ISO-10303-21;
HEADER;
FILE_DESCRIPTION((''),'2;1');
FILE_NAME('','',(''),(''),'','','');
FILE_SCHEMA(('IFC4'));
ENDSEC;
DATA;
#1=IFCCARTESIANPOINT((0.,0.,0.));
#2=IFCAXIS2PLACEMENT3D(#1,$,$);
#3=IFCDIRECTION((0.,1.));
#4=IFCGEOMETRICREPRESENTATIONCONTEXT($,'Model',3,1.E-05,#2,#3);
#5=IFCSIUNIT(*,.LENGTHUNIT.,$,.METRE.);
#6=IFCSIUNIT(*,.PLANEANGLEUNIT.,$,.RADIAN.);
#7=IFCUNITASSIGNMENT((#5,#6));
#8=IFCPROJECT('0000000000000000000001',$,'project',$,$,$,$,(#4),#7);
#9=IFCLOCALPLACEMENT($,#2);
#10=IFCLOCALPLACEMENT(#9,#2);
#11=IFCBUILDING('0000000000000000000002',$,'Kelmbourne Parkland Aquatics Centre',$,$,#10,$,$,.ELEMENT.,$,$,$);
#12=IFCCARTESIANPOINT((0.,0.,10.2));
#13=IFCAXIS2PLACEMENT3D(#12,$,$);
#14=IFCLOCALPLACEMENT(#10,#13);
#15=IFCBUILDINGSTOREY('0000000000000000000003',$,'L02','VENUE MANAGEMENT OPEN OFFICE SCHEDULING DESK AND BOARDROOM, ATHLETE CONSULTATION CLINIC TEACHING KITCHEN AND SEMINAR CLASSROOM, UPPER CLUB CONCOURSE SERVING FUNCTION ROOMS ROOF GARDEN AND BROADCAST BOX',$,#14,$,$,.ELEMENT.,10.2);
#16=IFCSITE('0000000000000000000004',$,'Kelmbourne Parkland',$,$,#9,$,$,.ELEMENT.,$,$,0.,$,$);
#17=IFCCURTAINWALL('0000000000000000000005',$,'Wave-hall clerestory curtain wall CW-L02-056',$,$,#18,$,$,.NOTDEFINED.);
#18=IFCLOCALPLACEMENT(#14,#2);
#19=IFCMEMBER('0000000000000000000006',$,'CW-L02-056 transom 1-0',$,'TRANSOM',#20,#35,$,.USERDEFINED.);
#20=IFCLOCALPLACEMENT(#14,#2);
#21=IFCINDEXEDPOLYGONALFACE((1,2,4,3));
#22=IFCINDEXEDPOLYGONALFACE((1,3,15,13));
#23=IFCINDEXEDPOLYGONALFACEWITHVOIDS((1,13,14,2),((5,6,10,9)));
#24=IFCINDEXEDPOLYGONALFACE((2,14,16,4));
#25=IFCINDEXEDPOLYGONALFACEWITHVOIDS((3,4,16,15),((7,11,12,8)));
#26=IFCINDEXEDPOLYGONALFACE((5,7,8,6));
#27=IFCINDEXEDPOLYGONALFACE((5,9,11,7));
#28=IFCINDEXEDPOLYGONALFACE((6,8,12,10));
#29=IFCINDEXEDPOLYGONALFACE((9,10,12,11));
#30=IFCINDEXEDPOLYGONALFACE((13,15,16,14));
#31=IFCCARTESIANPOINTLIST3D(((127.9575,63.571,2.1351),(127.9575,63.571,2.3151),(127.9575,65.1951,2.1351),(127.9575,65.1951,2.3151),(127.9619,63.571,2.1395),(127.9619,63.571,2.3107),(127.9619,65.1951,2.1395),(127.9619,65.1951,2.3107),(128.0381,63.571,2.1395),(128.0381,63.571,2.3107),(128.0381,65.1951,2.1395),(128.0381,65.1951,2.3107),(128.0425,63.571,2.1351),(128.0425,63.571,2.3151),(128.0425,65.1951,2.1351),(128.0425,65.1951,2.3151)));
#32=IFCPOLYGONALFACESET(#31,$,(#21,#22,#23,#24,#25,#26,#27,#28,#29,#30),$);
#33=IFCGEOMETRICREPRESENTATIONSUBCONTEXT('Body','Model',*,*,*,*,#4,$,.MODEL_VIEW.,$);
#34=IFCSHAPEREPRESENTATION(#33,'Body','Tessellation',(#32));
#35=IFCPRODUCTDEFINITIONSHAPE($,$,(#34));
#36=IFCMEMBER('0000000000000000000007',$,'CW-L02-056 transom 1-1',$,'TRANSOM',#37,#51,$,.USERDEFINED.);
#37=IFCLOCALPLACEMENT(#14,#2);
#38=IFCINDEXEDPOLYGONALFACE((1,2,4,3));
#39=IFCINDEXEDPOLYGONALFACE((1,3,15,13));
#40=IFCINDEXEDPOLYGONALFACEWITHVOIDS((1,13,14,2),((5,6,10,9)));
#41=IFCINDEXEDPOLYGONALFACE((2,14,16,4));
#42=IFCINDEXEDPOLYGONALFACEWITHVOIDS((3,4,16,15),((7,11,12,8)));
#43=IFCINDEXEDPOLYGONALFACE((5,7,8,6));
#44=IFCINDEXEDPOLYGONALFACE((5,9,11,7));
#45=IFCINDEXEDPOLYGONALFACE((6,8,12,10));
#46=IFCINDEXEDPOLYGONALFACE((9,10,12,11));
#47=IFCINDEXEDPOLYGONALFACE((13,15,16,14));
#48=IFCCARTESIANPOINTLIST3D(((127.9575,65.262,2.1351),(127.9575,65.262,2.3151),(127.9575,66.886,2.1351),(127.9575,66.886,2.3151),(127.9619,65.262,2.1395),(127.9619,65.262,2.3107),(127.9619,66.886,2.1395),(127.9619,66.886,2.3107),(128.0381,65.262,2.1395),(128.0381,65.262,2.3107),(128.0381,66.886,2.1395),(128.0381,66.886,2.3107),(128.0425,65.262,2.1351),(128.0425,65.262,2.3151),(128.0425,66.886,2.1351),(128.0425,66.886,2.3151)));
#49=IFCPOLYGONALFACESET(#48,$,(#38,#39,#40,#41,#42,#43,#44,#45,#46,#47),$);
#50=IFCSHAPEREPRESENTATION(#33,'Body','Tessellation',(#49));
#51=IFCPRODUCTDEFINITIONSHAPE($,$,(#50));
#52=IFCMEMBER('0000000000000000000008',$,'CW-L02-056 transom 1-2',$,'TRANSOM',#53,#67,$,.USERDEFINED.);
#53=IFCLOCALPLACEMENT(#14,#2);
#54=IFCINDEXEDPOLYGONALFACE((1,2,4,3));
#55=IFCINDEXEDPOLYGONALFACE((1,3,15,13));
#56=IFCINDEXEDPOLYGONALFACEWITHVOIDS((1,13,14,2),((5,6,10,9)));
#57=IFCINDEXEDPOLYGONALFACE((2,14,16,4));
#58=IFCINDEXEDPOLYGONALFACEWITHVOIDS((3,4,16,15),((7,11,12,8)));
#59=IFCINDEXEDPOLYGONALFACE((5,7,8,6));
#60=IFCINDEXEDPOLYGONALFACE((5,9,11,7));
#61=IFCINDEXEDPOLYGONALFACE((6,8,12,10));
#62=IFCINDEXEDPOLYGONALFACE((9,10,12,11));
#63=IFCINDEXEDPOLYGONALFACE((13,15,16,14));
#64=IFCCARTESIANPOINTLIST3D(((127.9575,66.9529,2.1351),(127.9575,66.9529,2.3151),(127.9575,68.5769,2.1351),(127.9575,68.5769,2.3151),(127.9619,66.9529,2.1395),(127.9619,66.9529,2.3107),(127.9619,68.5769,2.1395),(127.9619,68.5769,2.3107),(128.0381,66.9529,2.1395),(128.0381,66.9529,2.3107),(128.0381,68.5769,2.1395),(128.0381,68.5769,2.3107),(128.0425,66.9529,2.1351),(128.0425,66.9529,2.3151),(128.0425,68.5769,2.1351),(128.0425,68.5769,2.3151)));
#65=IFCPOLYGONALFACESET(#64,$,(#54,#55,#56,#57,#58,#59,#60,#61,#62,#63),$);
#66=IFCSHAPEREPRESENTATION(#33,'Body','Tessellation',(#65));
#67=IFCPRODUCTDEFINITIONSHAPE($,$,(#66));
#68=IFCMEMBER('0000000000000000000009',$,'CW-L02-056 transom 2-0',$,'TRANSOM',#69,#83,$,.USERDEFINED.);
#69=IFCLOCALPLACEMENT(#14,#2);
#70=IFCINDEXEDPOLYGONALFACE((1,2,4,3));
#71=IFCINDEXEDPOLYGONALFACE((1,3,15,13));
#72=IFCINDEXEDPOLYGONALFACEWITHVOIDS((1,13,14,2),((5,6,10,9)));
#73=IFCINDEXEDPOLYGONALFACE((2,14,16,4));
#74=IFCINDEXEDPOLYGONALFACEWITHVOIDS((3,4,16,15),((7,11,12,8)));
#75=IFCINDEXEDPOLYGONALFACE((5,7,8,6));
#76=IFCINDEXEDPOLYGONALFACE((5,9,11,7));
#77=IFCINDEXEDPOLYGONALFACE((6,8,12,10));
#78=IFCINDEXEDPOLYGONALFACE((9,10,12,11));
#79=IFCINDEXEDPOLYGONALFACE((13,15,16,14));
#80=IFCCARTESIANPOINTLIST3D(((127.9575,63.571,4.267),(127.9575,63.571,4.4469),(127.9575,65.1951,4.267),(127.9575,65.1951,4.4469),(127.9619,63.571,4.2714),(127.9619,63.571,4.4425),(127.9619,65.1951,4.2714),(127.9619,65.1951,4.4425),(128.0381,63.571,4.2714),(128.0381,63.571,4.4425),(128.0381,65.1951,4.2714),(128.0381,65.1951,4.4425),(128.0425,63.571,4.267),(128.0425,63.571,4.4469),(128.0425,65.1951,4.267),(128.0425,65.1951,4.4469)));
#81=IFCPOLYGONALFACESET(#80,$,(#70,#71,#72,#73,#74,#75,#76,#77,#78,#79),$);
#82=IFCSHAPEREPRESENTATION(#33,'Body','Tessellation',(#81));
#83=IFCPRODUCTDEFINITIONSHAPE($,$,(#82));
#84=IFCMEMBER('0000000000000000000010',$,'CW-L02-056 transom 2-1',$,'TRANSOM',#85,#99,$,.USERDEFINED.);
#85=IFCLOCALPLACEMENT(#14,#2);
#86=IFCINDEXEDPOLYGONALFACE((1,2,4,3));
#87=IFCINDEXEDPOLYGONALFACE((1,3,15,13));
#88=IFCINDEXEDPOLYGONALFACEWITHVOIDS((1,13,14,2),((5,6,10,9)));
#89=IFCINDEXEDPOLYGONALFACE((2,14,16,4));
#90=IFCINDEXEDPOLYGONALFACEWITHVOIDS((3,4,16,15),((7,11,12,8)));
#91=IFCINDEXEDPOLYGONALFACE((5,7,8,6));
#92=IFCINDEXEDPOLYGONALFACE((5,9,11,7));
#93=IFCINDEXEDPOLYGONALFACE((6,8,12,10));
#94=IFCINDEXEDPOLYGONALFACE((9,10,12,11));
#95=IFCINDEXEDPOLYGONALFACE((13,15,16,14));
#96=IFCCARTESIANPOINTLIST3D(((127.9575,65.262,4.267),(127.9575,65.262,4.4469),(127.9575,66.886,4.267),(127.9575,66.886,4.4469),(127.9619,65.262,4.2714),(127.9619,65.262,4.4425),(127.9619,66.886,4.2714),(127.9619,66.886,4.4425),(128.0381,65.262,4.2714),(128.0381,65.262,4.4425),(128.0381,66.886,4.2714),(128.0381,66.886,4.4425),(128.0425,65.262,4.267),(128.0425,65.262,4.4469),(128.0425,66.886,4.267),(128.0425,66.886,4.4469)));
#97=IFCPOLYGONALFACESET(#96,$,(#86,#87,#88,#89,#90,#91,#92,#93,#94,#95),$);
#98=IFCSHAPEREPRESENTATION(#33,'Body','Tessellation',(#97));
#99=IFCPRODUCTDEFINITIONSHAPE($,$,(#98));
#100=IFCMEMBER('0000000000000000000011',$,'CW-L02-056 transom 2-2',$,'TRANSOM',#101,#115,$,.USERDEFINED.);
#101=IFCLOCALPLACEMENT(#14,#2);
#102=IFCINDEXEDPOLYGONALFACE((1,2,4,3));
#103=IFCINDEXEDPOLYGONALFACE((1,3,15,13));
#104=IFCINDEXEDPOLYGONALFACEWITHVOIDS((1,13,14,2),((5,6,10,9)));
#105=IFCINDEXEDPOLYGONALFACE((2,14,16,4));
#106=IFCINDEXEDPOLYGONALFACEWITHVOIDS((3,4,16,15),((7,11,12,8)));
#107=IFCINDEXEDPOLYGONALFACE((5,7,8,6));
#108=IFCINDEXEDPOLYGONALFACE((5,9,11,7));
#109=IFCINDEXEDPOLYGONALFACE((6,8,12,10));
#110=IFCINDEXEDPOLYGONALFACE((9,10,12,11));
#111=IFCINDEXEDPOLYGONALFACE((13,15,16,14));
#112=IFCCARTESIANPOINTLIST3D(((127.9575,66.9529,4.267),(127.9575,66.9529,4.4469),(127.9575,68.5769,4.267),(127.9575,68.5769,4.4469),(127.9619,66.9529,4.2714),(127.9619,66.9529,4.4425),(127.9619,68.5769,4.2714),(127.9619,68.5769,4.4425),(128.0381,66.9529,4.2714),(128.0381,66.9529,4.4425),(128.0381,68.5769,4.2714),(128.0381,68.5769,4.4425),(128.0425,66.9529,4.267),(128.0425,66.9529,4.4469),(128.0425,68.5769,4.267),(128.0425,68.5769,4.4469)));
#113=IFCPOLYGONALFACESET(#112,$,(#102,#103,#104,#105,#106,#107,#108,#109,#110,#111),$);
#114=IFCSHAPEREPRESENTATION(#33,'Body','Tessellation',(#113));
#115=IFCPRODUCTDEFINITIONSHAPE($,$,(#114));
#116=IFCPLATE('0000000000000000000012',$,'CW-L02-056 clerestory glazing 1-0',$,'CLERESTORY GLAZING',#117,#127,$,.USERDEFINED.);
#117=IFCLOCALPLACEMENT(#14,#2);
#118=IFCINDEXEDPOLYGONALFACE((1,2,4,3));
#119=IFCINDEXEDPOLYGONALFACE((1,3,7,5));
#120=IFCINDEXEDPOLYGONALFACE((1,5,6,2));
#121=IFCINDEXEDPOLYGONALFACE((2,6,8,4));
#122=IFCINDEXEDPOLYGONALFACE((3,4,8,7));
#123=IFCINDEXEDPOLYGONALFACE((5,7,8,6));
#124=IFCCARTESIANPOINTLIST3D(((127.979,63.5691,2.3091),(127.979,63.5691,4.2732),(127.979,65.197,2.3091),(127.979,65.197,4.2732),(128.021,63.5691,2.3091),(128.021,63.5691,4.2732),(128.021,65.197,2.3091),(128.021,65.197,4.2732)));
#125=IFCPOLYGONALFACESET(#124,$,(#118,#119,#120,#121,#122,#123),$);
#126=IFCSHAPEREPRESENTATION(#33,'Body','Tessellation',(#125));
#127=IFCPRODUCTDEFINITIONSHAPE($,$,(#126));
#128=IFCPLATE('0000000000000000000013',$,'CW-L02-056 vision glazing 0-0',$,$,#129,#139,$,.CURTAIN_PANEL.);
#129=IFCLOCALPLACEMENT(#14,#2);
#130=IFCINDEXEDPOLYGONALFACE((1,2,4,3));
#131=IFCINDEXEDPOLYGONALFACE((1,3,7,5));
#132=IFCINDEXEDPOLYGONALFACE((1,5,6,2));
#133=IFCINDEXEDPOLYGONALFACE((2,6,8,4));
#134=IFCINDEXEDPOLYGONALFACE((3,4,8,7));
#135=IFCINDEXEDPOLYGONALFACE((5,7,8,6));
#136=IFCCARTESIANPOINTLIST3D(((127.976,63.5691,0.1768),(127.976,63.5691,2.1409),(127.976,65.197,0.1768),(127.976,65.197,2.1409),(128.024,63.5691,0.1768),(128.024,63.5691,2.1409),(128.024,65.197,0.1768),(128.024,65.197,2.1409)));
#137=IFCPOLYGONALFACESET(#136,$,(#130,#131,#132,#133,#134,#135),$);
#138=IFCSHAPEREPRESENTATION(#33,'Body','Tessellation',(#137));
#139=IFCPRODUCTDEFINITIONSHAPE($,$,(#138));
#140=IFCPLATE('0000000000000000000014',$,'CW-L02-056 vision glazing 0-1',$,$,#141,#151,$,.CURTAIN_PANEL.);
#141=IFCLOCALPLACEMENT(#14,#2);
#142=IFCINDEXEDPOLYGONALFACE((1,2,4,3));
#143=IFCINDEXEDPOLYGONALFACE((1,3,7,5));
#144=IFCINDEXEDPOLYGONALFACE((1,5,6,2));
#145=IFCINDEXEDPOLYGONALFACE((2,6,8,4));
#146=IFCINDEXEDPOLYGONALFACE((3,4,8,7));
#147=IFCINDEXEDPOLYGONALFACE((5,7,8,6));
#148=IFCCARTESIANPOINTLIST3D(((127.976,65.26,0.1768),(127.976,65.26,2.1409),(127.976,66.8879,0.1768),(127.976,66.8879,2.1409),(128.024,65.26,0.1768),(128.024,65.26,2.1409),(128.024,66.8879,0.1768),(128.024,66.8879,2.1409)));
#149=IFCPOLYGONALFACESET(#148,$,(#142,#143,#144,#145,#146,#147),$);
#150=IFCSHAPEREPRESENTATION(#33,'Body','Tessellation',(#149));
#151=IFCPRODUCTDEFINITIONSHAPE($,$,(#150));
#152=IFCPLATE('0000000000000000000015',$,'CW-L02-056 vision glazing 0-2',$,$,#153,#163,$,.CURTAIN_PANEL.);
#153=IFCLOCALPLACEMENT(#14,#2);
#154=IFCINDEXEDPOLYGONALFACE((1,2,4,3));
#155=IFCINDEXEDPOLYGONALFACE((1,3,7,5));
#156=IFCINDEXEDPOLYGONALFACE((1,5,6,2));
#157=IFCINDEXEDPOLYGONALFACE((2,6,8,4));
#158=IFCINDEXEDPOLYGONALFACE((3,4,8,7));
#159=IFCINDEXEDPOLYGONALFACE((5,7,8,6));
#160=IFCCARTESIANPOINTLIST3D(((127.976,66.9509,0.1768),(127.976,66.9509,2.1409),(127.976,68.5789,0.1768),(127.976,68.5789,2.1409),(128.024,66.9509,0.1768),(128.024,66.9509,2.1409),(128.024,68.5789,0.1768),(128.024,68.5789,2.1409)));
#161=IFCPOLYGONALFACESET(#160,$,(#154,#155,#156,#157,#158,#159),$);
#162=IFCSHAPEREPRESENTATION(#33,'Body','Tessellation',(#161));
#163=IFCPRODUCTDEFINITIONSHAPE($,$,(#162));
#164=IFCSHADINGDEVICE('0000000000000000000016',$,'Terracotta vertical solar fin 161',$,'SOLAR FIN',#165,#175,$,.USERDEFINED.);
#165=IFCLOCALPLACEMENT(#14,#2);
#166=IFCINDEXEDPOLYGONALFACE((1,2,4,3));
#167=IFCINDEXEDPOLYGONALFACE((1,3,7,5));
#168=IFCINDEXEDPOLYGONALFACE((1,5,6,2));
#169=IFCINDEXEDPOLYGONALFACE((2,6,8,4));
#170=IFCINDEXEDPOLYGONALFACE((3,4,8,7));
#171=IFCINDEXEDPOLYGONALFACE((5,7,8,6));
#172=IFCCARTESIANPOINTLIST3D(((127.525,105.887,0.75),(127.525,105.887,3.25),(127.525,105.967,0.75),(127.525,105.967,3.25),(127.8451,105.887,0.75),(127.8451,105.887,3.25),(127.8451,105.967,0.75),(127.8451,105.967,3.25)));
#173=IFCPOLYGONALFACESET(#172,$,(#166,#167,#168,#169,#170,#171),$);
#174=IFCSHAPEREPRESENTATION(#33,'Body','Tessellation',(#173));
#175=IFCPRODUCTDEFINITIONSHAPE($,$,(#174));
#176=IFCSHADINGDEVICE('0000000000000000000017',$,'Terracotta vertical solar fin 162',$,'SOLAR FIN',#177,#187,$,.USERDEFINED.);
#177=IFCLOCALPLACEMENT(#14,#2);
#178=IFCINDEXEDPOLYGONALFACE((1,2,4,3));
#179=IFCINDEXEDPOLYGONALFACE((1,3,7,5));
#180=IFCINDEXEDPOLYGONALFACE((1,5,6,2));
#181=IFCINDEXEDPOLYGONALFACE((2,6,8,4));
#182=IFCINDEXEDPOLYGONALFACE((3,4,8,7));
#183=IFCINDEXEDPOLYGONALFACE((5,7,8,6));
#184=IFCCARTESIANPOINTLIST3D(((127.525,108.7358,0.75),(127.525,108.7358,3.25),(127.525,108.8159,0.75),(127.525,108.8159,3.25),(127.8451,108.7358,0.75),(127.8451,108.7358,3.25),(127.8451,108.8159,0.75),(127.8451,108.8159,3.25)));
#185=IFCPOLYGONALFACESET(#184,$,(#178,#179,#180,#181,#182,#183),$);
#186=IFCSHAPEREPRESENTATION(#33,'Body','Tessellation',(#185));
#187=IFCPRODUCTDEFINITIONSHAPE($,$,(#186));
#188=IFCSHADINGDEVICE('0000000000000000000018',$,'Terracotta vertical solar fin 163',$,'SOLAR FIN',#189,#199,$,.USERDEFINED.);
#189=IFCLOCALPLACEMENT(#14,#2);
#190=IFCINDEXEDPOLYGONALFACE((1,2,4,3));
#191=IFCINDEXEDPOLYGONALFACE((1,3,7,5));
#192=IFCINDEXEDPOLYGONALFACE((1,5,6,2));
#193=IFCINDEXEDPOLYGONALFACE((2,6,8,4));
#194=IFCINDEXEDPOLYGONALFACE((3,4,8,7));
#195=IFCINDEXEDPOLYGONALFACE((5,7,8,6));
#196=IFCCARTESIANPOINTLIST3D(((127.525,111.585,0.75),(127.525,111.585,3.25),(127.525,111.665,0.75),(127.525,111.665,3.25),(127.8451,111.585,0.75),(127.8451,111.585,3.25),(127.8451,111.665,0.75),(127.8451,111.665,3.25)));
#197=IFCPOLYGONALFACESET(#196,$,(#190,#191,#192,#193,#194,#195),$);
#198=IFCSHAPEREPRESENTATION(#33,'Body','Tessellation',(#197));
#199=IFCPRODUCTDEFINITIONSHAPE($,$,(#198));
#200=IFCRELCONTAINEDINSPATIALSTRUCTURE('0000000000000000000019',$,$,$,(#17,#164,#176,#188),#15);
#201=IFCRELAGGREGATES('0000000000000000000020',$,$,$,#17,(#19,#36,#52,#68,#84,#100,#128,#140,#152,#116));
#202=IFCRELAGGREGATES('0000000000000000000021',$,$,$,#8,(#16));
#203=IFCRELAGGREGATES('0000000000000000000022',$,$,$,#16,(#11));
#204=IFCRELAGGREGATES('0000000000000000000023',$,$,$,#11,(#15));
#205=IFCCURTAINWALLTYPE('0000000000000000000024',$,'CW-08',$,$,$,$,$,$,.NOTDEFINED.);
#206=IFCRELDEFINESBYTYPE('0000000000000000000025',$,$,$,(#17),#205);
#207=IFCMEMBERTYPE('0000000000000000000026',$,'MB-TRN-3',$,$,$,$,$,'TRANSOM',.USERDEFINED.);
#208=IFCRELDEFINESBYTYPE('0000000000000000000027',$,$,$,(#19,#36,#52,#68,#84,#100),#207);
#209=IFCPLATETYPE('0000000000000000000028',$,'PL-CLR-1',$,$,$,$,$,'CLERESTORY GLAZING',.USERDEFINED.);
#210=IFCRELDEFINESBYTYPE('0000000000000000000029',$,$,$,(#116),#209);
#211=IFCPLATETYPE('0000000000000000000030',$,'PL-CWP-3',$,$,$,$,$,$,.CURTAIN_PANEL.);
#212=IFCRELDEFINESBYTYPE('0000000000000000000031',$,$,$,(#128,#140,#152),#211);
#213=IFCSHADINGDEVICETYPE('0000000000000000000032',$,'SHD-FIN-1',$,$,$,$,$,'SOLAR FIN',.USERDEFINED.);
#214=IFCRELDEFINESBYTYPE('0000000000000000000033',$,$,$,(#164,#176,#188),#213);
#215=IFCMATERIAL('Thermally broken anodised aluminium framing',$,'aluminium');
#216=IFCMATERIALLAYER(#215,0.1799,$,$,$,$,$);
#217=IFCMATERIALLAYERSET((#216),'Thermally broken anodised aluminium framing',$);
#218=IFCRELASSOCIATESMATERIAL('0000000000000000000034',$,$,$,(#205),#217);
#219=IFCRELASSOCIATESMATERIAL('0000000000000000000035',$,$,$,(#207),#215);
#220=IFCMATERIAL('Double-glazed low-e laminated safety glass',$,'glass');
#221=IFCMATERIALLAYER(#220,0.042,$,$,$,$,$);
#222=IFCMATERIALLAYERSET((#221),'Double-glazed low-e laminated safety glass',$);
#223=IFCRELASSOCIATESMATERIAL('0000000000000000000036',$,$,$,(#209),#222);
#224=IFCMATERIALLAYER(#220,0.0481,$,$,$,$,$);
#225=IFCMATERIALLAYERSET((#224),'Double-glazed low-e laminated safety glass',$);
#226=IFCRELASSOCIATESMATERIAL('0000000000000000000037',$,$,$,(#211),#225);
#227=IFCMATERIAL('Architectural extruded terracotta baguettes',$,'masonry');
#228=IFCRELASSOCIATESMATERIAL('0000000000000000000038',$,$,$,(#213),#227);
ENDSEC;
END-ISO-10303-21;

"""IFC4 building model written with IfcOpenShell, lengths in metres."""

from ifc_helpers import new_model, si_unit, direction, frame, origin, origin_2d, place, context, subcontext, project, spatial, rectangle, hollow_rectangle, extrude, material, layer, layer_set, material_profile, profile_set, type_object, element, aggregate, save


model = new_model("IFC4")

# Units and contexts
model_context = context("Model", 3, precision=1e-05, world=origin(), true_north=direction((0.0, 1.0)))
body_context = subcontext(model_context, "Body", "Model", "MODEL_VIEW")
ifc_project = project(units=[si_unit("LENGTHUNIT", "METRE"), si_unit("PLANEANGLEUNIT", "RADIAN")], contexts=[model_context])

# Site, building, storey
site_placement = place(None, origin())
site = spatial("IfcSite", under=ifc_project, at=site_placement, Name="Kelmbourne Parkland", CompositionType="ELEMENT", RefElevation=0.0)
building_placement = place(site_placement, origin())
building = spatial("IfcBuilding", under=site, at=building_placement, Name="Kelmbourne Parkland Aquatics Centre", CompositionType="ELEMENT")
storey_placement = place(building_placement, frame((0.0, 0.0, 10.2)))
storey = spatial("IfcBuildingStorey", under=building, at=storey_placement, Name="L02", Description="VENUE MANAGEMENT OPEN OFFICE SCHEDULING DESK AND BOARDROOM, ATHLETE CONSULTATION CLINIC TEACHING KITCHEN AND SEMINAR CLASSROOM, UPPER CLUB CONCOURSE SERVING FUNCTION ROOMS ROOF GARDEN AND BROADCAST BOX", CompositionType="ELEMENT", Elevation=10.2)

# Curtain wall, members, plates
ifc_material_1 = material(Name="Thermally broken anodised aluminium framing", Category="aluminium")
ifc_layer_1 = layer(ifc_material_1, 0.1799)
ifc_layer_set_1 = layer_set([ifc_layer_1], Name="Thermally broken anodised aluminium framing")
curtain_wall_type = type_object("IfcCurtainWallType", Name="CW-08", PredefinedType="NOTDEFINED", material=ifc_layer_set_1)
curtain_wall_placement = place(storey_placement, origin())
curtain_wall = element("IfcCurtainWall", 1, at=curtain_wall_placement, inside=storey, type_object=curtain_wall_type, Name="Wave-hall clerestory curtain wall CW-L02-056", PredefinedType="NOTDEFINED")
ifc_material_profile_1 = material_profile(ifc_material_1, hollow_rectangle(XDim=0.085, YDim=0.1799, WallThickness=0.0044, at=origin_2d()), Name="CW-T 85x180")
ifc_profile_set_1 = profile_set([ifc_material_profile_1], Name="Thermally broken anodised aluminium framing")
member_type_1 = type_object("IfcMemberType", Name="MB-TRN-3", ElementType="TRANSOM", PredefinedType="USERDEFINED", material=ifc_profile_set_1)
member_1_placement = place(storey_placement, frame((128.0, 63.571, 2.2251), z_axis=(0.0, 1.0, 0.0), x_axis=(-1.0, 0.0, 0.0)))
member_1 = element("IfcMember", 2, at=member_1_placement, type_object=member_type_1, Name="CW-L02-056 transom 1-0", ObjectType="TRANSOM", PredefinedType="USERDEFINED", context=body_context, shape_type="SweptSolid", body=[
    extrude(hollow_rectangle(XDim=0.085, YDim=0.1799, WallThickness=0.0044, at=origin_2d()), origin(), (0.0, 0.0, 1.0), 1.624),
])
member_2_placement = place(storey_placement, frame((128.0, 65.262, 2.2251), z_axis=(0.0, 1.0, 0.0), x_axis=(-1.0, 0.0, 0.0)))
member_2 = element("IfcMember", 3, at=member_2_placement, type_object=member_type_1, Name="CW-L02-056 transom 1-1", ObjectType="TRANSOM", PredefinedType="USERDEFINED", context=body_context, shape_type="SweptSolid", body=[
    extrude(hollow_rectangle(XDim=0.085, YDim=0.1799, WallThickness=0.0044, at=origin_2d()), origin(), (0.0, 0.0, 1.0), 1.624),
])
member_3_placement = place(storey_placement, frame((128.0, 66.9529, 2.2251), z_axis=(0.0, 1.0, 0.0), x_axis=(-1.0, 0.0, 0.0)))
member_3 = element("IfcMember", 4, at=member_3_placement, type_object=member_type_1, Name="CW-L02-056 transom 1-2", ObjectType="TRANSOM", PredefinedType="USERDEFINED", context=body_context, shape_type="SweptSolid", body=[
    extrude(hollow_rectangle(XDim=0.085, YDim=0.1799, WallThickness=0.0044, at=origin_2d()), origin(), (0.0, 0.0, 1.0), 1.624),
])
member_4_placement = place(storey_placement, frame((128.0, 63.571, 4.3569), z_axis=(0.0, 1.0, 0.0), x_axis=(-1.0, 0.0, 0.0)))
member_4 = element("IfcMember", 5, at=member_4_placement, type_object=member_type_1, Name="CW-L02-056 transom 2-0", ObjectType="TRANSOM", PredefinedType="USERDEFINED", context=body_context, shape_type="SweptSolid", body=[
    extrude(hollow_rectangle(XDim=0.085, YDim=0.1799, WallThickness=0.0044, at=origin_2d()), origin(), (0.0, 0.0, 1.0), 1.624),
])
member_5_placement = place(storey_placement, frame((128.0, 65.262, 4.3569), z_axis=(0.0, 1.0, 0.0), x_axis=(-1.0, 0.0, 0.0)))
member_5 = element("IfcMember", 6, at=member_5_placement, type_object=member_type_1, Name="CW-L02-056 transom 2-1", ObjectType="TRANSOM", PredefinedType="USERDEFINED", context=body_context, shape_type="SweptSolid", body=[
    extrude(hollow_rectangle(XDim=0.085, YDim=0.1799, WallThickness=0.0044, at=origin_2d()), origin(), (0.0, 0.0, 1.0), 1.624),
])
member_6_placement = place(storey_placement, frame((128.0, 66.9529, 4.3569), z_axis=(0.0, 1.0, 0.0), x_axis=(-1.0, 0.0, 0.0)))
member_6 = element("IfcMember", 7, at=member_6_placement, type_object=member_type_1, Name="CW-L02-056 transom 2-2", ObjectType="TRANSOM", PredefinedType="USERDEFINED", context=body_context, shape_type="SweptSolid", body=[
    extrude(hollow_rectangle(XDim=0.085, YDim=0.1799, WallThickness=0.0044, at=origin_2d()), origin(), (0.0, 0.0, 1.0), 1.624),
])
ifc_material_2 = material(Name="Double-glazed low-e laminated safety glass", Category="glass")
ifc_layer_2 = layer(ifc_material_2, 0.042)
ifc_layer_set_2 = layer_set([ifc_layer_2], Name="Double-glazed low-e laminated safety glass")
plate_type_1 = type_object("IfcPlateType", Name="PL-CLR-1", ElementType="CLERESTORY GLAZING", PredefinedType="USERDEFINED", material=ifc_layer_set_2)
plate_1_placement = place(storey_placement, frame((128.0, 64.3831, 2.3091), z_axis=(0.0, 0.0, 1.0), x_axis=(0.0, 1.0, 0.0)))
plate_1 = element("IfcPlate", 8, at=plate_1_placement, type_object=plate_type_1, Name="CW-L02-056 clerestory glazing 1-0", ObjectType="CLERESTORY GLAZING", PredefinedType="USERDEFINED", context=body_context, shape_type="SweptSolid", body=[
    extrude(rectangle(XDim=1.6279, YDim=0.042, at=origin_2d()), origin(), (0.0, 0.0, 1.0), 1.9641),
])
ifc_layer_3 = layer(ifc_material_2, 0.0481)
ifc_layer_set_3 = layer_set([ifc_layer_3], Name="Double-glazed low-e laminated safety glass")
plate_type_2 = type_object("IfcPlateType", Name="PL-CWP-3", PredefinedType="CURTAIN_PANEL", material=ifc_layer_set_3)
plate_2_placement = place(storey_placement, frame((128.0, 64.3831, 0.1768), z_axis=(0.0, 0.0, 1.0), x_axis=(0.0, 1.0, 0.0)))
plate_2 = element("IfcPlate", 9, at=plate_2_placement, type_object=plate_type_2, Name="CW-L02-056 vision glazing 0-0", PredefinedType="CURTAIN_PANEL", context=body_context, shape_type="SweptSolid", body=[
    extrude(rectangle(XDim=1.6279, YDim=0.0481, at=origin_2d()), origin(), (0.0, 0.0, 1.0), 1.9641),
])
plate_3_placement = place(storey_placement, frame((128.0, 66.074, 0.1768), z_axis=(0.0, 0.0, 1.0), x_axis=(0.0, 1.0, 0.0)))
plate_3 = element("IfcPlate", 10, at=plate_3_placement, type_object=plate_type_2, Name="CW-L02-056 vision glazing 0-1", PredefinedType="CURTAIN_PANEL", context=body_context, shape_type="SweptSolid", body=[
    extrude(rectangle(XDim=1.6279, YDim=0.0481, at=origin_2d()), origin(), (0.0, 0.0, 1.0), 1.9641),
])
plate_4_placement = place(storey_placement, frame((128.0, 67.7649, 0.1768), z_axis=(0.0, 0.0, 1.0), x_axis=(0.0, 1.0, 0.0)))
plate_4 = element("IfcPlate", 11, at=plate_4_placement, type_object=plate_type_2, Name="CW-L02-056 vision glazing 0-2", PredefinedType="CURTAIN_PANEL", context=body_context, shape_type="SweptSolid", body=[
    extrude(rectangle(XDim=1.6279, YDim=0.0481, at=origin_2d()), origin(), (0.0, 0.0, 1.0), 1.9641),
])
aggregate(curtain_wall, [member_1, member_2, member_3, member_4, member_5, member_6, plate_2, plate_3, plate_4, plate_1])

# Shading devices
ifc_material_3 = material(Name="Architectural extruded terracotta baguettes", Category="masonry")
shading_device_type = type_object("IfcShadingDeviceType", Name="SHD-FIN-1", ElementType="SOLAR FIN", PredefinedType="USERDEFINED", material=ifc_material_3)
for number, where, z_axis, x_axis, name in (
    (12, (127.6851, 105.927, 0.75), (0.0, 0.0, 1.0), (0.0, 1.0, 0.0), "Terracotta vertical solar fin 161"),
    (13, (127.6851, 108.7759, 0.75), (0.0, 0.0, 1.0), (0.0, 1.0, 0.0), "Terracotta vertical solar fin 162"),
    (14, (127.6851, 111.625, 0.75), (0.0, 0.0, 1.0), (0.0, 1.0, 0.0), "Terracotta vertical solar fin 163"),
):
    element("IfcShadingDevice", number, at=place(storey_placement, frame(where, z_axis=z_axis, x_axis=x_axis)), inside=storey, type_object=shading_device_type, Name=name, ObjectType="SOLAR FIN", PredefinedType="USERDEFINED", context=body_context, shape_type="SweptSolid", body=[
        extrude(rectangle(XDim=0.0801, YDim=0.3201, at=origin_2d()), origin(), (0.0, 0.0, 1.0), 2.5),
    ])

save(model, "model.ifc")
